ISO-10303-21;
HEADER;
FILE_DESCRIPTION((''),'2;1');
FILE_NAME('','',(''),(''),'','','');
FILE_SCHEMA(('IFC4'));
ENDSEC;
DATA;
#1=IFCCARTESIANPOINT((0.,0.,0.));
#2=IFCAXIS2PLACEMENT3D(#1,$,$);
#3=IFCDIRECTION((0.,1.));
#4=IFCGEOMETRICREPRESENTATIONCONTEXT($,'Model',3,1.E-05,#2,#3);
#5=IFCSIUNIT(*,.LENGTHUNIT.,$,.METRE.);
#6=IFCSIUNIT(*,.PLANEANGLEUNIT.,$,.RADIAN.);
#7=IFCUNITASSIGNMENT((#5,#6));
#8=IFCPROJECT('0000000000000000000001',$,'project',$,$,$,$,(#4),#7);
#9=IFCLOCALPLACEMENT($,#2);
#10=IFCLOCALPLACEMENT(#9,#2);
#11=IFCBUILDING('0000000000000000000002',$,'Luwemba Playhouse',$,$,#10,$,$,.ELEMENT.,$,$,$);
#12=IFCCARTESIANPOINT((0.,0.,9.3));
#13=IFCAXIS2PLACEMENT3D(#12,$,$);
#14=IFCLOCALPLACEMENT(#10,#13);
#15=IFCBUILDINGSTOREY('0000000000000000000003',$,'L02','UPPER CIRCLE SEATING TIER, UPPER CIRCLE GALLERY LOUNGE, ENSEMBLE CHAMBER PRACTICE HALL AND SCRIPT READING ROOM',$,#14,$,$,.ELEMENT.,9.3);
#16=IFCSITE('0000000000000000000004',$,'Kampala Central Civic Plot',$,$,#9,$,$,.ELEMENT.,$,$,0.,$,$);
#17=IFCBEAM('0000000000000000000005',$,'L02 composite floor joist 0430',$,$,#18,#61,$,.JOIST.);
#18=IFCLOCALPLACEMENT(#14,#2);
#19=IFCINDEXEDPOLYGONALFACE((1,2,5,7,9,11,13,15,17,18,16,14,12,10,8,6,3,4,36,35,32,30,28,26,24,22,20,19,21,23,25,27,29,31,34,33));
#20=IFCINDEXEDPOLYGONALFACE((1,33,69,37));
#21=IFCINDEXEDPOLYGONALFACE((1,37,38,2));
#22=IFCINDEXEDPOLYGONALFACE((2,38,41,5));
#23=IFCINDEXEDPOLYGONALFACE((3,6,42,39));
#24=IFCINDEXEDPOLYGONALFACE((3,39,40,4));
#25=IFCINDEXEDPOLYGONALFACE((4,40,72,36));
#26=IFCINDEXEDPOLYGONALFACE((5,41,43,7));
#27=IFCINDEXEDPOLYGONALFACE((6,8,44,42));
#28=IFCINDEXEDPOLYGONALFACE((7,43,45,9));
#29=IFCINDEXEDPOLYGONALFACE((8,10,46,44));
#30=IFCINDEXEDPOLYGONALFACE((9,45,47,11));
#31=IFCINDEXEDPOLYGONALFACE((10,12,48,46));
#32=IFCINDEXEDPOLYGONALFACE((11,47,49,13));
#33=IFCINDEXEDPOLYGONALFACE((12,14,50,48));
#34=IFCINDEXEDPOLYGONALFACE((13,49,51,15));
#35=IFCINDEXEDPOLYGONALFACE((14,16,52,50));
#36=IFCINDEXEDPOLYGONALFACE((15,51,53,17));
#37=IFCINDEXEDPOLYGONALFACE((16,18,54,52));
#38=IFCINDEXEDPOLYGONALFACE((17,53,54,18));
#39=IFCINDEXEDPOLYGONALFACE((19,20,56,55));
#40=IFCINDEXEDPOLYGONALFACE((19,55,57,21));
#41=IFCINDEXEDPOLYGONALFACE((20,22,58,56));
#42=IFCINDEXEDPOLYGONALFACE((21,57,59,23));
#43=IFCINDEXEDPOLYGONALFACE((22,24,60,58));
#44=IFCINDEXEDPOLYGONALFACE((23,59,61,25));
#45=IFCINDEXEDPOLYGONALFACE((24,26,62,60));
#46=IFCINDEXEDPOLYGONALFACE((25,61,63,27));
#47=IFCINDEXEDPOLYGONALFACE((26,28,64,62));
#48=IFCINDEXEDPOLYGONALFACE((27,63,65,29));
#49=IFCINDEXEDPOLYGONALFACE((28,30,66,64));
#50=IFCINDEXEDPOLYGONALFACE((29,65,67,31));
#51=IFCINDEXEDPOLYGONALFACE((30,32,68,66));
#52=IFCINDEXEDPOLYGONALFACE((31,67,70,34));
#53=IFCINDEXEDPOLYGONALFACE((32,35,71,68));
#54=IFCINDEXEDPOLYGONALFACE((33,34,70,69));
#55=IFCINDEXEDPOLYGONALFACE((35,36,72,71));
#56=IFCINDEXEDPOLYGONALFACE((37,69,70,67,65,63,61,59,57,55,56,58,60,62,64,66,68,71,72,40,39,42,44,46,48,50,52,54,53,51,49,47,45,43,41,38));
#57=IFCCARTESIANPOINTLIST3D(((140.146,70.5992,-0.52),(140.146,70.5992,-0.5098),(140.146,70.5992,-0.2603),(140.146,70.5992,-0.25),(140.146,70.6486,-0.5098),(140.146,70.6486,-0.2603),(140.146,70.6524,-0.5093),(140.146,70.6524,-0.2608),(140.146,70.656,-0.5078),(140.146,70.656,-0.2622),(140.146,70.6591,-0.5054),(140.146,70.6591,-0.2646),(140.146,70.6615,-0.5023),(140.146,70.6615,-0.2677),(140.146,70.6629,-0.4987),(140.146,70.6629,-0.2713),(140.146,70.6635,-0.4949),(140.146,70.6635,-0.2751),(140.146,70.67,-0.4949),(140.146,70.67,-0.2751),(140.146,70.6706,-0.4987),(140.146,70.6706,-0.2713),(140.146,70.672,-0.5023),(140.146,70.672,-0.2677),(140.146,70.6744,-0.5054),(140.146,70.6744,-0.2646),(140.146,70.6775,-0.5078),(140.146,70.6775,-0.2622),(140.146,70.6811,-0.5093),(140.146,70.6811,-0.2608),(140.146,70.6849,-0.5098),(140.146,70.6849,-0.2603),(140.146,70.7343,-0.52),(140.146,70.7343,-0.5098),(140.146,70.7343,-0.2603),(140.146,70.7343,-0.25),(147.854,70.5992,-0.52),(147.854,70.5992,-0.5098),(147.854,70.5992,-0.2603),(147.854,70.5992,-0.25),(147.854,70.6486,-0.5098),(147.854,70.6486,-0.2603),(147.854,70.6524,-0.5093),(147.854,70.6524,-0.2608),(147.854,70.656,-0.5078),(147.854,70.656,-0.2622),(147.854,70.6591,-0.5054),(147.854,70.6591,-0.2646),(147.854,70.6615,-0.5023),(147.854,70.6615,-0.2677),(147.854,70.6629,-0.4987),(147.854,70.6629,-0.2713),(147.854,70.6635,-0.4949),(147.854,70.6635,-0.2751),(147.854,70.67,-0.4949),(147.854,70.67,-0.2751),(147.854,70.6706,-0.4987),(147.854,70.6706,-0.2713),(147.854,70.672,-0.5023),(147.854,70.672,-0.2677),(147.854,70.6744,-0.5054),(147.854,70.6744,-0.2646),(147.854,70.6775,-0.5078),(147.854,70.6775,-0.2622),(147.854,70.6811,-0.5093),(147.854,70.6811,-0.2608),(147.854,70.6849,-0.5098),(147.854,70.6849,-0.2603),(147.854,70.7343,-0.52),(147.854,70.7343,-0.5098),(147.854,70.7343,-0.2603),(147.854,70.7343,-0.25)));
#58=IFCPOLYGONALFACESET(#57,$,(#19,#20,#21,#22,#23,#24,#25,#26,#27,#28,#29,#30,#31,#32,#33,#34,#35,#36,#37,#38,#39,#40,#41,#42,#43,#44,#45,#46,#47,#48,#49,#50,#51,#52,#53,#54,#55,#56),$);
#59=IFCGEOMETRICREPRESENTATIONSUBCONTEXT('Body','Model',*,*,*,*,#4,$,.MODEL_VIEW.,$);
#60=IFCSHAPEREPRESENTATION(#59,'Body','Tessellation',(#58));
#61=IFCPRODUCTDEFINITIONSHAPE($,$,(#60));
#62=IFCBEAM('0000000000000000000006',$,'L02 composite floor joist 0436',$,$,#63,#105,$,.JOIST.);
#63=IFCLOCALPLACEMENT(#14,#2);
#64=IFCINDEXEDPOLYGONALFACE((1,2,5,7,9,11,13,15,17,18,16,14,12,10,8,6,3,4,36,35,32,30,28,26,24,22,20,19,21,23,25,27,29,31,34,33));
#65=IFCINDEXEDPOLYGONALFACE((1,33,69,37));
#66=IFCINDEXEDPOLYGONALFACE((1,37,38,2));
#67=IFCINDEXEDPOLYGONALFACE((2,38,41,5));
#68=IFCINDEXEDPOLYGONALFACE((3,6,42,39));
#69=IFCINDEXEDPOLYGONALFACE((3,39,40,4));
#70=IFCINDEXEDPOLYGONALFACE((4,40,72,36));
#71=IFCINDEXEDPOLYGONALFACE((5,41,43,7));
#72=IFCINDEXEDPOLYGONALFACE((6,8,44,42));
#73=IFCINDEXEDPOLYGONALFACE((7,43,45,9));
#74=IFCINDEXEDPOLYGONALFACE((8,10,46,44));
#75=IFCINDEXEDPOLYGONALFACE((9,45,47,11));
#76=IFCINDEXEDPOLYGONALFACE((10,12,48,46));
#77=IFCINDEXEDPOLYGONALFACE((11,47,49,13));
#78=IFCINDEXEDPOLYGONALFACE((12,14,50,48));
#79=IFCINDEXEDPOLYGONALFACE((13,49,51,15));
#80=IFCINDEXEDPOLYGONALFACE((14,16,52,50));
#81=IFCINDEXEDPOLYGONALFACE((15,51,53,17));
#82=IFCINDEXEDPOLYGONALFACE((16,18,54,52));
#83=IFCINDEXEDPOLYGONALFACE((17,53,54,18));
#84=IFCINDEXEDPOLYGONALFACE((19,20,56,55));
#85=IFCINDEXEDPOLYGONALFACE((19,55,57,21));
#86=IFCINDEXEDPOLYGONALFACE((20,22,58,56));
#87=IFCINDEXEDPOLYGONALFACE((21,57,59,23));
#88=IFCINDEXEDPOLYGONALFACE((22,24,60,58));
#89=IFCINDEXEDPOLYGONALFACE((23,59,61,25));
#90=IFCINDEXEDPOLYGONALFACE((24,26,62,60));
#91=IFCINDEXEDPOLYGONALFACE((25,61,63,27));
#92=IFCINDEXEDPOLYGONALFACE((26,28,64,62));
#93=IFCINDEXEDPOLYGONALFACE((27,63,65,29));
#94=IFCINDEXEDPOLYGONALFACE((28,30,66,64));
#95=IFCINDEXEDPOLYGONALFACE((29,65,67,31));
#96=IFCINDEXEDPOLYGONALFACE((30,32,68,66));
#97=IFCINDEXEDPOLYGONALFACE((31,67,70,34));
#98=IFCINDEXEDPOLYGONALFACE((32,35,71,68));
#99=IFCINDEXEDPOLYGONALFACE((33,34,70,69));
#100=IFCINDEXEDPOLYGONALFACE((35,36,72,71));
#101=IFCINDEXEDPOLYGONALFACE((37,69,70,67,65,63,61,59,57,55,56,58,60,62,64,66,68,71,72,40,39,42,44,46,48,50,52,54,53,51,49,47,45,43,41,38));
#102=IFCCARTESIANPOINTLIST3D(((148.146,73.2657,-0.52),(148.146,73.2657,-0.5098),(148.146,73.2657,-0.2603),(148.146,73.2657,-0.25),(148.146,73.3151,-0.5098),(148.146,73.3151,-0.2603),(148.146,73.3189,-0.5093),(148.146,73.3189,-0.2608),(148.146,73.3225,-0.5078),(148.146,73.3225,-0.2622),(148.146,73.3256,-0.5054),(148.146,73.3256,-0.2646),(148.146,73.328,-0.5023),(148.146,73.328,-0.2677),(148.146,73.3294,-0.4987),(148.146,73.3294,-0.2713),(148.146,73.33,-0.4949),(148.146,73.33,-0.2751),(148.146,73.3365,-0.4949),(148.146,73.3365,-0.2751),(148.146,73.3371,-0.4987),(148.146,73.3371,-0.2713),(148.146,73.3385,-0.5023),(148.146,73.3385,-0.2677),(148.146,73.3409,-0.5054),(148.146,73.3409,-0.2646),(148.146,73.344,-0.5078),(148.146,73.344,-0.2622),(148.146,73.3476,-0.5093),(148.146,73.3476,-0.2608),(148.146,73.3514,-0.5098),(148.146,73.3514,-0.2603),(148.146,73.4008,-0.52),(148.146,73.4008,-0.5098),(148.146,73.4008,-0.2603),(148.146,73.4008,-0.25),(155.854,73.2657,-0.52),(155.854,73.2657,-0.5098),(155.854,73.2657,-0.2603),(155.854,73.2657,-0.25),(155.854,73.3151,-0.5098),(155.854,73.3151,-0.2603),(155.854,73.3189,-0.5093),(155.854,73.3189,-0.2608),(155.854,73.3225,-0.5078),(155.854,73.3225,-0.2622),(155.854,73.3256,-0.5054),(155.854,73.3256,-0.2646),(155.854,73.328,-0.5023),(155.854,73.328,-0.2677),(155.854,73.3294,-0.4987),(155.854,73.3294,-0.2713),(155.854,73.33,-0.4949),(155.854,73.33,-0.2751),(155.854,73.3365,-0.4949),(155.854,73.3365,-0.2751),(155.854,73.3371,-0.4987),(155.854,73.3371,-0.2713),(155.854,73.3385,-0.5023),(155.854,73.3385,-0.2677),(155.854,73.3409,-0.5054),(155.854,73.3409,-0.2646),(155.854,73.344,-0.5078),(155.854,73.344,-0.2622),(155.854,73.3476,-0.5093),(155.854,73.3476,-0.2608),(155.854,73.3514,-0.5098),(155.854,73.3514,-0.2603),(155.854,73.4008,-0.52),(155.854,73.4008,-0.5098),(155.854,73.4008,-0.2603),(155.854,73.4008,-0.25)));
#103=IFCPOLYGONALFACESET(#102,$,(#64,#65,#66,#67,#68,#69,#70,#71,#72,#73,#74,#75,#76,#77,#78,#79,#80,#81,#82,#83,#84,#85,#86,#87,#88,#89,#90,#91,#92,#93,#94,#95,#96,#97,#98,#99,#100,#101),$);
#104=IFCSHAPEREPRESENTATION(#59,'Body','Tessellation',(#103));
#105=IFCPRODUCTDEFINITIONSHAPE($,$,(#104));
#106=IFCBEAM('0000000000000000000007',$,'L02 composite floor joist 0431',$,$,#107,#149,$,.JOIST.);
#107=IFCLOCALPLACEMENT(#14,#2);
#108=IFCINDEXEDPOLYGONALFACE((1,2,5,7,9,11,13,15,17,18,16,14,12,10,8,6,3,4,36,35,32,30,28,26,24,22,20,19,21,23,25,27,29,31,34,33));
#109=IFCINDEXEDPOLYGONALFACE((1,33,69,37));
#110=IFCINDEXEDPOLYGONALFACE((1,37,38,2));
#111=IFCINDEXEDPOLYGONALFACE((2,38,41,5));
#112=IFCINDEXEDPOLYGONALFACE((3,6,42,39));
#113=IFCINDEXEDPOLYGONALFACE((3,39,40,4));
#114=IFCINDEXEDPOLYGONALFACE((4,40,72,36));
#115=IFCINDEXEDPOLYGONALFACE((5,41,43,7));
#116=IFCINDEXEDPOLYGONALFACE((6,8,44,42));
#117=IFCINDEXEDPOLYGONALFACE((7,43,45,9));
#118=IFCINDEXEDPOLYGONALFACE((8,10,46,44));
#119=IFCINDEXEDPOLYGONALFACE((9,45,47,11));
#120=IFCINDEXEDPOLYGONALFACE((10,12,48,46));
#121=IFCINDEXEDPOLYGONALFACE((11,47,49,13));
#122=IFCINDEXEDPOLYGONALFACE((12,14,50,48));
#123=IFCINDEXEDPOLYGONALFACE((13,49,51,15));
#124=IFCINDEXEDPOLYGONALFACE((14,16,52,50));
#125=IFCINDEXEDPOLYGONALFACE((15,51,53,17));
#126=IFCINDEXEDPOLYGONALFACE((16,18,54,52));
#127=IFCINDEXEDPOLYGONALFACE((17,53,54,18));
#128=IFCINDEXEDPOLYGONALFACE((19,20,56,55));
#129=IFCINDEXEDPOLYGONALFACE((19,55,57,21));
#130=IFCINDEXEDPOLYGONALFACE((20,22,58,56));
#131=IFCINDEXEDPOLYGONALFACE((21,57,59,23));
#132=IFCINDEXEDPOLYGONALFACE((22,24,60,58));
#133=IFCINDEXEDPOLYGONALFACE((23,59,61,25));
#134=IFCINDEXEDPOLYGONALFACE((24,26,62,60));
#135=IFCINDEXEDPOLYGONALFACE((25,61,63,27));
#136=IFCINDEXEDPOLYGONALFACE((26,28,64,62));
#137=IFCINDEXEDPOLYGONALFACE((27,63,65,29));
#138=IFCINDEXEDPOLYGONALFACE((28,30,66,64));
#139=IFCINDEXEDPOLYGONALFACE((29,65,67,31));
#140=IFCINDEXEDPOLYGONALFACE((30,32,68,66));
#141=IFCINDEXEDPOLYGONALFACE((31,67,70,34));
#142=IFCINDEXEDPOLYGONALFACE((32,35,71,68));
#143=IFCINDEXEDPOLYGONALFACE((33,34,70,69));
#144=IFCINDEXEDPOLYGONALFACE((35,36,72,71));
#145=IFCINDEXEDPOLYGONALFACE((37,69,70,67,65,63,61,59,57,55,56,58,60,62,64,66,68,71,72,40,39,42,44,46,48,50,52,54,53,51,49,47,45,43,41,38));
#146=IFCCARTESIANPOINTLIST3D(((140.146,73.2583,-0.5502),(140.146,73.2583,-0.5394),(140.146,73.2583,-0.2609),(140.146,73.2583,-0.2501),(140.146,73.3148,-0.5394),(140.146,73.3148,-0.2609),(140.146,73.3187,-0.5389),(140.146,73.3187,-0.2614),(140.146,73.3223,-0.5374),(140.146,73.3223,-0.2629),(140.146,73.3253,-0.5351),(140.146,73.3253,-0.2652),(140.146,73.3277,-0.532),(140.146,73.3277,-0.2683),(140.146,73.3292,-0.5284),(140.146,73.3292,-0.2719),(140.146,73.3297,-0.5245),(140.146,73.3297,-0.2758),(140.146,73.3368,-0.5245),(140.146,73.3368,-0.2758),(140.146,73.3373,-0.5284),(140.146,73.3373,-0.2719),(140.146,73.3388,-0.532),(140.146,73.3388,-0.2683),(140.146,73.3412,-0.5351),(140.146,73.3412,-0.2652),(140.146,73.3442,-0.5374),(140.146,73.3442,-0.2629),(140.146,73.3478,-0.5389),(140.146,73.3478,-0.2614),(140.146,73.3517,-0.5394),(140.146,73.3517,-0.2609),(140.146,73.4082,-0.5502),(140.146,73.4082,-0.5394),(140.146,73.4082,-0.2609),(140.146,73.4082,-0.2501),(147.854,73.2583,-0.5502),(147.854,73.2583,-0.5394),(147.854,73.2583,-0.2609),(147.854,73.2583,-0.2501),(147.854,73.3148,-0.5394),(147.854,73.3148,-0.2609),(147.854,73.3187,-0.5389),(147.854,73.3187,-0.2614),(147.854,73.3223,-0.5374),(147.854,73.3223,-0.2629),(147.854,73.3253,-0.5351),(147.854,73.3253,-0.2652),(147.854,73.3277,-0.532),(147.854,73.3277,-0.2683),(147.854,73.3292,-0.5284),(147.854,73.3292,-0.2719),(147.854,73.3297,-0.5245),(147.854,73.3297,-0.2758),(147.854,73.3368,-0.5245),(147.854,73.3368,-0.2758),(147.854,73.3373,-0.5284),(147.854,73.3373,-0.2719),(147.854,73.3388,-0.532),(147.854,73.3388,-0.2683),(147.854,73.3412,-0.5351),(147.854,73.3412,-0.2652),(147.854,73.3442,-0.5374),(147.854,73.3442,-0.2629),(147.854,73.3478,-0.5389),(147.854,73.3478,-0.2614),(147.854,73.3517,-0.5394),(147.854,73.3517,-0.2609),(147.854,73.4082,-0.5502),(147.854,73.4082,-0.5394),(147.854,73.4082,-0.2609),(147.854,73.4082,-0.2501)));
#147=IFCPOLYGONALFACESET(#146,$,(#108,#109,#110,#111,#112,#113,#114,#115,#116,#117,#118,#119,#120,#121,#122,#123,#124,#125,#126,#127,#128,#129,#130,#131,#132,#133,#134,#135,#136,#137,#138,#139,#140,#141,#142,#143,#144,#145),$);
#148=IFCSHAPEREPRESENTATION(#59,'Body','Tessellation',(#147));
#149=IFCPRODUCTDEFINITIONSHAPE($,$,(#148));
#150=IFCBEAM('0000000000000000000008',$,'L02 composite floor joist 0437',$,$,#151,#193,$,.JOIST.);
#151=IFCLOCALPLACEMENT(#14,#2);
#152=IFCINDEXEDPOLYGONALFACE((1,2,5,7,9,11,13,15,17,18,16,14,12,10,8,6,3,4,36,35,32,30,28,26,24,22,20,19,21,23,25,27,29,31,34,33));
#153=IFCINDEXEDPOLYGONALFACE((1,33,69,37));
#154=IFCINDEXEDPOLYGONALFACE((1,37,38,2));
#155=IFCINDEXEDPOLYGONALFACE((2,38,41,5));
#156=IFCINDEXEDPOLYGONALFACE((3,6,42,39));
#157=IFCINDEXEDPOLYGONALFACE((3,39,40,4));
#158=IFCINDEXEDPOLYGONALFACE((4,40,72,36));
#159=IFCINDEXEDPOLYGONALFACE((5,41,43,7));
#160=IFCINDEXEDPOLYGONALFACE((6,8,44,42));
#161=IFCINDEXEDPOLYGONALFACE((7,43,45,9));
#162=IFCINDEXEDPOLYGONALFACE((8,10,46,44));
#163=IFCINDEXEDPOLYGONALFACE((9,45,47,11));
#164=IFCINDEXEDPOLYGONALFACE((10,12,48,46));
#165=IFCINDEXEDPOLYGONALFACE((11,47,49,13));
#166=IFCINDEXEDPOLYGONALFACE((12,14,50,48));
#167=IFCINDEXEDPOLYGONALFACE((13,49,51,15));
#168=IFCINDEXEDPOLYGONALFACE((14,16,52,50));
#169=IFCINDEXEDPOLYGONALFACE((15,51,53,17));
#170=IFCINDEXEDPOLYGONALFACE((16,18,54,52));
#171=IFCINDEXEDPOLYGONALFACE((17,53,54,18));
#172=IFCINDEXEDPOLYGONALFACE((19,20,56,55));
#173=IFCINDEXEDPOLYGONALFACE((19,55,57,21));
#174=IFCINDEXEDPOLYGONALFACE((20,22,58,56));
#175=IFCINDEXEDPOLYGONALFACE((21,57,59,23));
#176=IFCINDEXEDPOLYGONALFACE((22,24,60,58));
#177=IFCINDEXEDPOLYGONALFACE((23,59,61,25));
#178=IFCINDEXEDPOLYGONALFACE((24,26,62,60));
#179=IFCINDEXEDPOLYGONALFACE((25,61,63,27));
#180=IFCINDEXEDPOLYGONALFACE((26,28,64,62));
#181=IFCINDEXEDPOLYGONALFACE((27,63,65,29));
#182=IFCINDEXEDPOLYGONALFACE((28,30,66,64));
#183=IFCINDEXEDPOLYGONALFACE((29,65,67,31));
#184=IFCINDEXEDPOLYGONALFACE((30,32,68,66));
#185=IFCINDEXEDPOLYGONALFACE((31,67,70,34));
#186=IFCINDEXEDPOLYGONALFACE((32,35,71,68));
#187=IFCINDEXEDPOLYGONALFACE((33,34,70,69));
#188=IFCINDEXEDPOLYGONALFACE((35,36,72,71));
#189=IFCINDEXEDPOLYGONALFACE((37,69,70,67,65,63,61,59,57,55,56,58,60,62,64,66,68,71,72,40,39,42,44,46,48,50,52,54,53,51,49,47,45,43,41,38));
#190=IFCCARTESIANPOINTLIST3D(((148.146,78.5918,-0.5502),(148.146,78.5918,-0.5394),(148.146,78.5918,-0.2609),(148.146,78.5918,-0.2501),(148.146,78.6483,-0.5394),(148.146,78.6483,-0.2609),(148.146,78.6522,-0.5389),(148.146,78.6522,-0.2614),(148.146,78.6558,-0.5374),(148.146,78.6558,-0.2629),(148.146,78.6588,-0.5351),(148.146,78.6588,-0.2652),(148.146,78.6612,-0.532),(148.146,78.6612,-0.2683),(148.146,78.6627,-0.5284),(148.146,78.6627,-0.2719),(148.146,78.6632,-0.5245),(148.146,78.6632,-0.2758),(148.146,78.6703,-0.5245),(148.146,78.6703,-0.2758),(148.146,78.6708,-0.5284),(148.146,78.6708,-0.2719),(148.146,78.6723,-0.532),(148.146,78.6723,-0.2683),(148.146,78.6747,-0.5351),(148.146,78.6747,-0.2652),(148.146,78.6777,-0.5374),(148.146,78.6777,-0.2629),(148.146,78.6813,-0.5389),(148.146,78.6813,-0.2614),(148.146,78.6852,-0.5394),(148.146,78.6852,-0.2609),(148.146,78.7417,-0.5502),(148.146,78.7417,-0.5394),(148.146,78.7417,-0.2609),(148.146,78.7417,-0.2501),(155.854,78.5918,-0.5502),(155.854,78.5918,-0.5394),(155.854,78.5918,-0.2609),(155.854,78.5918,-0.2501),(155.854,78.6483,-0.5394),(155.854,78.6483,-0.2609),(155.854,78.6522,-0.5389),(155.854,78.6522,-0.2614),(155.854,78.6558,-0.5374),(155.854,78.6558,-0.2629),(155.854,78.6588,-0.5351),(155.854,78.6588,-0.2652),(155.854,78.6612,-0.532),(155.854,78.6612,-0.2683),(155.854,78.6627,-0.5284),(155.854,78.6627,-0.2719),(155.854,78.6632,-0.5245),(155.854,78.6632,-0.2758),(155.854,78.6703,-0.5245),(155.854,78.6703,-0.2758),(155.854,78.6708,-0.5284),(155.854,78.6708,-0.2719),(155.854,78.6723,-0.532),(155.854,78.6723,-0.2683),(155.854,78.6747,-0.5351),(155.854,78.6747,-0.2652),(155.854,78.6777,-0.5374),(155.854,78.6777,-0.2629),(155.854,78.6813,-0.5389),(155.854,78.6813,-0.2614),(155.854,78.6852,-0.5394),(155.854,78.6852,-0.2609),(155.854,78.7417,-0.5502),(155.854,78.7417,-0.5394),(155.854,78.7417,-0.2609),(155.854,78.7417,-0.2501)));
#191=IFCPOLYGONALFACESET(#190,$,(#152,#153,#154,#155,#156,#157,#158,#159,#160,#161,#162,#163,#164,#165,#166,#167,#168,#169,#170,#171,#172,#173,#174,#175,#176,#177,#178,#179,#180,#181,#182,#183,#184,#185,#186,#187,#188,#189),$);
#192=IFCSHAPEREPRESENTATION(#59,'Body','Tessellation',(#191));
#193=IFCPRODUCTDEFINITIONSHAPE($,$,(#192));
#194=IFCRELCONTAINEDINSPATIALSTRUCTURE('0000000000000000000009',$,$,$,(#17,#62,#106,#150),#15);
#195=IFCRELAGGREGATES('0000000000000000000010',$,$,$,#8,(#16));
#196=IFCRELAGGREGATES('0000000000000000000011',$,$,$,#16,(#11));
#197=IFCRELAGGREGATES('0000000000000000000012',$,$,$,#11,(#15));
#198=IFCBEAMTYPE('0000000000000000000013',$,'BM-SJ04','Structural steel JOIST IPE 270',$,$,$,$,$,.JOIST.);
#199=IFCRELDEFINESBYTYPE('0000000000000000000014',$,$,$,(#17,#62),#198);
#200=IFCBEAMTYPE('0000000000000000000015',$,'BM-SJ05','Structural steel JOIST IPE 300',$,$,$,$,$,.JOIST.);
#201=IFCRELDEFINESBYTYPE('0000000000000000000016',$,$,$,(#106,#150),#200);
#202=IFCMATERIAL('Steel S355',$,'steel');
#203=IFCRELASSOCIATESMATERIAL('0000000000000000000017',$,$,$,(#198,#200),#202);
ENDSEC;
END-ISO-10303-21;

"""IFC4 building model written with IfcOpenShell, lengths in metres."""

from ifc_helpers import new_model, si_unit, direction, frame, origin, origin_2d, place, context, subcontext, project, spatial, i_section, extrude, material, material_profile, profile_set, type_object, element, save


model = new_model("IFC4")

# Units and contexts
model_context = context("Model", 3, precision=1e-05, world=origin(), true_north=direction((0.0, 1.0)))
body_context = subcontext(model_context, "Body", "Model", "MODEL_VIEW")
ifc_project = project(units=[si_unit("LENGTHUNIT", "METRE"), si_unit("PLANEANGLEUNIT", "RADIAN")], contexts=[model_context])

# Site, building, storey
site_placement = place(None, origin())
site = spatial("IfcSite", under=ifc_project, at=site_placement, Name="Kampala Central Civic Plot", CompositionType="ELEMENT", RefElevation=0.0)
building_placement = place(site_placement, origin())
building = spatial("IfcBuilding", under=site, at=building_placement, Name="Luwemba Playhouse", CompositionType="ELEMENT")
storey_placement = place(building_placement, frame((0.0, 0.0, 9.3)))
storey = spatial("IfcBuildingStorey", under=building, at=storey_placement, Name="L02", Description="UPPER CIRCLE SEATING TIER, UPPER CIRCLE GALLERY LOUNGE, ENSEMBLE CHAMBER PRACTICE HALL AND SCRIPT READING ROOM", CompositionType="ELEMENT", Elevation=9.3)

# Beams
ifc_material_1 = material(Name="Steel S355", Category="steel")
ifc_material_profile_1 = material_profile(ifc_material_1, i_section(OverallWidth=0.135, OverallDepth=0.27, WebThickness=0.0066, FlangeThickness=0.0103, FilletRadius=0.0149, at=origin_2d()))
ifc_profile_set_1 = profile_set([ifc_material_profile_1], Name="Steel S355")
beam_type_1 = type_object("IfcBeamType", Name="BM-SJ04", Description="Structural steel JOIST IPE 270", PredefinedType="JOIST", material=ifc_profile_set_1)
for number, where, z_axis, x_axis, name in (
    (1, (140.146, 70.6667, -0.385), (1.0, 0.0, 0.0), (0.0, 1.0, 0.0), "L02 composite floor joist 0430"),
    (2, (148.146, 73.3333, -0.385), (1.0, 0.0, 0.0), (0.0, 1.0, 0.0), "L02 composite floor joist 0436"),
):
    element("IfcBeam", number, at=place(storey_placement, frame(where, z_axis=z_axis, x_axis=x_axis)), inside=storey, type_object=beam_type_1, Name=name, PredefinedType="JOIST", context=body_context, shape_type="SweptSolid", body=[
        extrude(i_section(OverallWidth=0.135, OverallDepth=0.27, WebThickness=0.0066, FlangeThickness=0.0103, FilletRadius=0.0149, at=origin_2d()), origin(), (0.0, 0.0, 1.0), 7.708),
    ])
ifc_material_profile_2 = material_profile(ifc_material_1, i_section(OverallWidth=0.1499, OverallDepth=0.3, WebThickness=0.0071, FlangeThickness=0.0107, FilletRadius=0.0149, at=origin_2d()))
ifc_profile_set_2 = profile_set([ifc_material_profile_2], Name="Steel S355")
beam_type_2 = type_object("IfcBeamType", Name="BM-SJ05", Description="Structural steel JOIST IPE 300", PredefinedType="JOIST", material=ifc_profile_set_2)
for number, where, z_axis, x_axis, name in (
    (3, (140.146, 73.3333, -0.4001), (1.0, 0.0, 0.0), (0.0, 1.0, 0.0), "L02 composite floor joist 0431"),
    (4, (148.146, 78.6667, -0.4001), (1.0, 0.0, 0.0), (0.0, 1.0, 0.0), "L02 composite floor joist 0437"),
):
    element("IfcBeam", number, at=place(storey_placement, frame(where, z_axis=z_axis, x_axis=x_axis)), inside=storey, type_object=beam_type_2, Name=name, PredefinedType="JOIST", context=body_context, shape_type="SweptSolid", body=[
        extrude(i_section(OverallWidth=0.1499, OverallDepth=0.3, WebThickness=0.0071, FlangeThickness=0.0107, FilletRadius=0.0149, at=origin_2d()), origin(), (0.0, 0.0, 1.0), 7.708),
    ])

save(model, "model.ifc")
